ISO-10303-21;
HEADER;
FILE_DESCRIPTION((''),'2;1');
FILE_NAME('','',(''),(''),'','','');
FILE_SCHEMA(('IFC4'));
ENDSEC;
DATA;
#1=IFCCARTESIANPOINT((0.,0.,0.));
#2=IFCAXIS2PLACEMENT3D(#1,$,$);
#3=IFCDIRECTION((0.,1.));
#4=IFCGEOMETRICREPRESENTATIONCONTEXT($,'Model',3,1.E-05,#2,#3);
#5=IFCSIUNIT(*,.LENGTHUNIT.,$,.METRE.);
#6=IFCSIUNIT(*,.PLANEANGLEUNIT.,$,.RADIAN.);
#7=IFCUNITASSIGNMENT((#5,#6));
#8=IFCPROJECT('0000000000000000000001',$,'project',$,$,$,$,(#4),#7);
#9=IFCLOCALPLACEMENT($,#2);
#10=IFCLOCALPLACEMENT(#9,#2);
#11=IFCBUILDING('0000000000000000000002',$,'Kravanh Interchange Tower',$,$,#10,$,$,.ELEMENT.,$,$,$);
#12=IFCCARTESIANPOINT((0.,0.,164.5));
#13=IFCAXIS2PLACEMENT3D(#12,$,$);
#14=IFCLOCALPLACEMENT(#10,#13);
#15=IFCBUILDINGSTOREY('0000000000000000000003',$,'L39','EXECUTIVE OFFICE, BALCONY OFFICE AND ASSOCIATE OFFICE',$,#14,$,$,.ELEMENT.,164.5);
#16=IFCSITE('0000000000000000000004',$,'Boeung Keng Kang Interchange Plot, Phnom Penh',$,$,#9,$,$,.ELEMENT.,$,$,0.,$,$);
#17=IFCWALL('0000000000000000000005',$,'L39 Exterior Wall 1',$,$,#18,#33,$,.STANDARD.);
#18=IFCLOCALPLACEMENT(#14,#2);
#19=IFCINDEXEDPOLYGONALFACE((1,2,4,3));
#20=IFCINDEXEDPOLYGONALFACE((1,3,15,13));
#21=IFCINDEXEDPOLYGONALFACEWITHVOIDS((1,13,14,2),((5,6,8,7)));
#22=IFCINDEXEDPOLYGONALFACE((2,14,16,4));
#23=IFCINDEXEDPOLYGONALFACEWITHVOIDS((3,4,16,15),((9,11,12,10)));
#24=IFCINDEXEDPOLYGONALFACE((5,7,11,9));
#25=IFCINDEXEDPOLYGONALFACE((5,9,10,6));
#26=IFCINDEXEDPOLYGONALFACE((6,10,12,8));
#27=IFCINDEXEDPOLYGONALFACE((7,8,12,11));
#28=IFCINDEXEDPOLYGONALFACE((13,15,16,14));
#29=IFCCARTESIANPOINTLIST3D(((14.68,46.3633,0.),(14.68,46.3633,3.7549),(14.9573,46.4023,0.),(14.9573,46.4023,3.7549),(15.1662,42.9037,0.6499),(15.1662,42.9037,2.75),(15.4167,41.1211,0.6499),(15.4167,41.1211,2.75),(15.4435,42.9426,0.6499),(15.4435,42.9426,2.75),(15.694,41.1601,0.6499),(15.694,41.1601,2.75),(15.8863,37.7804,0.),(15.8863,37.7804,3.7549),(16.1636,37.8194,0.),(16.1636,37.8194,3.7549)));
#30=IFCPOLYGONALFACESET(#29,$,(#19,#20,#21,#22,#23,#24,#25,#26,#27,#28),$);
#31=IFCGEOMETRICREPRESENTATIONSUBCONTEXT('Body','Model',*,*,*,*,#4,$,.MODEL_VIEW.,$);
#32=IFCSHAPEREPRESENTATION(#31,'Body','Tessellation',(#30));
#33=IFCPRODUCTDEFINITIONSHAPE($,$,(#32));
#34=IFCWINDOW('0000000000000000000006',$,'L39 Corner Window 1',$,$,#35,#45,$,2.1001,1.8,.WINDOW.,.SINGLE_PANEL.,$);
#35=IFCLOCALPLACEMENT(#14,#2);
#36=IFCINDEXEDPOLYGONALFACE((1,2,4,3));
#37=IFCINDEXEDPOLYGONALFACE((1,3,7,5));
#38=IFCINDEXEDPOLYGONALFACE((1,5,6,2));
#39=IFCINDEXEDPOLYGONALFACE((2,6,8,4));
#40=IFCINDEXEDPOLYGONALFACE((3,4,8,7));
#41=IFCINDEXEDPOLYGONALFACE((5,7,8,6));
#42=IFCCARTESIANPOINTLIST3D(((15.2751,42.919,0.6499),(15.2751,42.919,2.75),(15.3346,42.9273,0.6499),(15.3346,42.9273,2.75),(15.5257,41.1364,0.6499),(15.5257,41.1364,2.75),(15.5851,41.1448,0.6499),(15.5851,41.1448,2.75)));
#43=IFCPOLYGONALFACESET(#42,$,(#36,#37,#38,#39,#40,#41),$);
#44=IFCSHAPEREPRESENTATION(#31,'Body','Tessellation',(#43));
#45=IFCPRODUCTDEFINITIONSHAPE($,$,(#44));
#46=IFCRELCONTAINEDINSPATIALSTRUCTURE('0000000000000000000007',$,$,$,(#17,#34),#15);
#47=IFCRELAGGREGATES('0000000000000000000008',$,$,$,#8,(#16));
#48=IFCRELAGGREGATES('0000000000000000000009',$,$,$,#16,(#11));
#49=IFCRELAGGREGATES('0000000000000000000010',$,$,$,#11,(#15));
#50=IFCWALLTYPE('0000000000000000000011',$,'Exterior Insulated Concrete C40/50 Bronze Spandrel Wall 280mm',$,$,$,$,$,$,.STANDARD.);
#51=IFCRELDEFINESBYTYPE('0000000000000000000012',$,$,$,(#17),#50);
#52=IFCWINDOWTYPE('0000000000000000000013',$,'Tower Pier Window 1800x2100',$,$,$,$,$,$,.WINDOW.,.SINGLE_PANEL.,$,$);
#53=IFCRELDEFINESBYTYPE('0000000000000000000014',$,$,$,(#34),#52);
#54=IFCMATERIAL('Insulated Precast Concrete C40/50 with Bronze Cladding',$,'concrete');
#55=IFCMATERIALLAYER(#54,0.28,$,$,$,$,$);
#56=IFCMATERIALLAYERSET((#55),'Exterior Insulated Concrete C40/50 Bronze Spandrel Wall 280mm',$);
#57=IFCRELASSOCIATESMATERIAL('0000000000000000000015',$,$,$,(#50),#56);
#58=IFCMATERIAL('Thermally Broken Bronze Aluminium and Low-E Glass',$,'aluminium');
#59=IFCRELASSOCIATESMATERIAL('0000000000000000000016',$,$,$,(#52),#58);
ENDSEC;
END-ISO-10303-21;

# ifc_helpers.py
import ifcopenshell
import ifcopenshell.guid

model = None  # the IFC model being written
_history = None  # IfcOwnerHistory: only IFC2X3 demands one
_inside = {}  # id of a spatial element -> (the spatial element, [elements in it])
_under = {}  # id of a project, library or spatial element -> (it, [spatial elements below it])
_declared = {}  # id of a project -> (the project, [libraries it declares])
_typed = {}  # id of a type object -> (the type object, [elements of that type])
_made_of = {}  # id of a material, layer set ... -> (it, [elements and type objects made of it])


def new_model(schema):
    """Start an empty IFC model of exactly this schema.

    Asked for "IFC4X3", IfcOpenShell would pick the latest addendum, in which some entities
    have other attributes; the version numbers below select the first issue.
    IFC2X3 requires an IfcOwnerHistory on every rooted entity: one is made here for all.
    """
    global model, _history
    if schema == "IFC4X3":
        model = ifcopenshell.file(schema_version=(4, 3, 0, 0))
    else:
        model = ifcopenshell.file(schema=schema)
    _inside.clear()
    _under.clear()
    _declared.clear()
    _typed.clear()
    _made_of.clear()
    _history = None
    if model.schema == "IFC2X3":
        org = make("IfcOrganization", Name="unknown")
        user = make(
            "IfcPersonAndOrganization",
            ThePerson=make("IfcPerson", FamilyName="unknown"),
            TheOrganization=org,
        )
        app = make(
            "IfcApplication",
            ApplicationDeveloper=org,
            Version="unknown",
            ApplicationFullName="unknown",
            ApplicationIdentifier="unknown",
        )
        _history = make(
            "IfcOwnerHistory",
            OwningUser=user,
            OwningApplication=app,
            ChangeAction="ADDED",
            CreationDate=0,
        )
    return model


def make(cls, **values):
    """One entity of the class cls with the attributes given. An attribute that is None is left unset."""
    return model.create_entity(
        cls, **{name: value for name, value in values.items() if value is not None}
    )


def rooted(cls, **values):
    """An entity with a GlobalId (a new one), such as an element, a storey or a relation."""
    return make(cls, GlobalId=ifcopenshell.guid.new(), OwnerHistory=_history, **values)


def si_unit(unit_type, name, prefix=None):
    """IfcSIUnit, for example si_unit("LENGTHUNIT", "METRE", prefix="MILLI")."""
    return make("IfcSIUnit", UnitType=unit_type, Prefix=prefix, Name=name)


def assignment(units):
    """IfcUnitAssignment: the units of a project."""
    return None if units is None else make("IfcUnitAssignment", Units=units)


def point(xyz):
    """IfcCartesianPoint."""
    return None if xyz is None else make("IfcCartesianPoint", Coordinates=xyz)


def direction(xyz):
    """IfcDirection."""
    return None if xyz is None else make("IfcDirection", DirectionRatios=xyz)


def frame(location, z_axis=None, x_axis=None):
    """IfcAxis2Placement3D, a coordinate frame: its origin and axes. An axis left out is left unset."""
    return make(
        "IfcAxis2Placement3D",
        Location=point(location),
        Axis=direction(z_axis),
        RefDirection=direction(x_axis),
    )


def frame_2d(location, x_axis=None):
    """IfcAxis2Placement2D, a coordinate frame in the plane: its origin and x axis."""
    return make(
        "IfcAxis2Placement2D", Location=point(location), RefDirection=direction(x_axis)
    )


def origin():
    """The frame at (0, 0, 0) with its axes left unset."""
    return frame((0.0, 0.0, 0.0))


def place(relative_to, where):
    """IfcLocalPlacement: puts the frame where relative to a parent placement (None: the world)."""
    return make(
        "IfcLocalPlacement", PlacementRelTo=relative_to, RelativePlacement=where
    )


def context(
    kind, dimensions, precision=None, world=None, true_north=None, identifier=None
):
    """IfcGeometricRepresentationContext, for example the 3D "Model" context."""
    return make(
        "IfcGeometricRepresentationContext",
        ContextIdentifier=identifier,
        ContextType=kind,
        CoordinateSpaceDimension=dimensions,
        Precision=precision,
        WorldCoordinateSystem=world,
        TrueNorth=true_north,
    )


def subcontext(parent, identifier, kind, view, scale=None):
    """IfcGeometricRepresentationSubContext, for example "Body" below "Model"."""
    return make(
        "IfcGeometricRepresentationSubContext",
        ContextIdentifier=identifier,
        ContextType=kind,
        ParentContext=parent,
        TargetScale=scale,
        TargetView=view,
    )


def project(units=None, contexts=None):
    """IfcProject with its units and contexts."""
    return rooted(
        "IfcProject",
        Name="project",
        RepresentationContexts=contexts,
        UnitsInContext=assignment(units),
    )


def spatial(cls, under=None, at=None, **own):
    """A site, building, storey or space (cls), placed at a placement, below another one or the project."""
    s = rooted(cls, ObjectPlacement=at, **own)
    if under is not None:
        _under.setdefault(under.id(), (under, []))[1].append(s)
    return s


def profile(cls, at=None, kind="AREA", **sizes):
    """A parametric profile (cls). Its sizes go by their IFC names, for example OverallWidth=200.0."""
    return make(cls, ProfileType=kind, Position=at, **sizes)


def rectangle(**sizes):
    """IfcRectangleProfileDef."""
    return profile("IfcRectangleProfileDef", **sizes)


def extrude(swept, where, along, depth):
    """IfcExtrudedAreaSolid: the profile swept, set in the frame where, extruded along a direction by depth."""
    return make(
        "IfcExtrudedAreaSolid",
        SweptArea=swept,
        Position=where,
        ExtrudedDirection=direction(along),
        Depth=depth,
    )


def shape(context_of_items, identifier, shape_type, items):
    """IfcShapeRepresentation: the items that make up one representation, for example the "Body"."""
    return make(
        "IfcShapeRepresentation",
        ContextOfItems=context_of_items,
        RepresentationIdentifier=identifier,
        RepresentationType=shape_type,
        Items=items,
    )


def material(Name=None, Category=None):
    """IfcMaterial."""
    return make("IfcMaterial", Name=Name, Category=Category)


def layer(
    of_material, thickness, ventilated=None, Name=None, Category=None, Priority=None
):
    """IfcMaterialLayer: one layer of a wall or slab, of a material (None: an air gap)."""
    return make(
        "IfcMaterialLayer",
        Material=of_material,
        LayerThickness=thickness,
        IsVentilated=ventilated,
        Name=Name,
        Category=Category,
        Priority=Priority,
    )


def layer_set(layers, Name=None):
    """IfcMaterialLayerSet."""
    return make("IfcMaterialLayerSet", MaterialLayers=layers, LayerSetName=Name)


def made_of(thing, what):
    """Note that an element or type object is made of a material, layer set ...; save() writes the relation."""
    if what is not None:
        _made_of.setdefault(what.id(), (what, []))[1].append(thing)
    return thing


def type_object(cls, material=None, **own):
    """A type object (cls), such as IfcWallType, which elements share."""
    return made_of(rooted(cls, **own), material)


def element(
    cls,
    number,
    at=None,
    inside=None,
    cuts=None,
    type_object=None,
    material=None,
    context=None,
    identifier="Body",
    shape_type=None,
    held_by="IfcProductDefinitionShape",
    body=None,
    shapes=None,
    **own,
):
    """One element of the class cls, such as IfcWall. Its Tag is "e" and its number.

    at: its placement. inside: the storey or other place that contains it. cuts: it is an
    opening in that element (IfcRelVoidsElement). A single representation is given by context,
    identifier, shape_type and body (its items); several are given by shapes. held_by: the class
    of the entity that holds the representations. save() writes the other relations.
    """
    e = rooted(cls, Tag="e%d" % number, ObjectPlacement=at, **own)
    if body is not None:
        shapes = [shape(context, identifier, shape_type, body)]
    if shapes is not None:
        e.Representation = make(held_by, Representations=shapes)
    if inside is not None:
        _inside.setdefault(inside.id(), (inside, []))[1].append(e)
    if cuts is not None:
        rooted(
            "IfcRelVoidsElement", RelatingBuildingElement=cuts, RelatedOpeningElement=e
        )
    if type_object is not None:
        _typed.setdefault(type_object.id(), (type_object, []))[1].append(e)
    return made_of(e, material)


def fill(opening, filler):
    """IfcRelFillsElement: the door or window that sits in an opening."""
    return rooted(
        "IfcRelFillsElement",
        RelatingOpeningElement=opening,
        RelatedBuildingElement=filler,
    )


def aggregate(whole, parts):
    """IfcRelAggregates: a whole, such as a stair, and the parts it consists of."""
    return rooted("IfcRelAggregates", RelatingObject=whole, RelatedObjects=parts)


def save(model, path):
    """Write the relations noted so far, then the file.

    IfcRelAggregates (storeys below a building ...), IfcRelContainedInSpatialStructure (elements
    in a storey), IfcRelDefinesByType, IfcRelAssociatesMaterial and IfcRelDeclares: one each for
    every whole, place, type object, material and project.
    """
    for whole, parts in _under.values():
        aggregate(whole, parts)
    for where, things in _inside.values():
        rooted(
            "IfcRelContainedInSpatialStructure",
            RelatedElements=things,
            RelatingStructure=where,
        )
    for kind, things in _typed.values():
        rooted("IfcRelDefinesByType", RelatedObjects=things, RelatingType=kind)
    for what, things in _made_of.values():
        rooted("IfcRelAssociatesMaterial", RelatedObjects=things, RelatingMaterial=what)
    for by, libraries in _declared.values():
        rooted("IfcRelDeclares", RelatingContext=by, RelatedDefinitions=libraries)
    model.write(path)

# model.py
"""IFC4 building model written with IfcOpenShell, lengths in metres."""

from ifc_helpers import new_model, si_unit, direction, frame, frame_2d, origin, place, context, subcontext, project, spatial, rectangle, extrude, material, layer, layer_set, type_object, element, fill, save


model = new_model("IFC4")

# Units and contexts
model_context = context("Model", 3, precision=1e-05, world=origin(), true_north=direction((0.0, 1.0)))
body_context = subcontext(model_context, "Body", "Model", "MODEL_VIEW")
ifc_project = project(units=[si_unit("LENGTHUNIT", "METRE"), si_unit("PLANEANGLEUNIT", "RADIAN")], contexts=[model_context])

# Site, building, storey
site_placement = place(None, origin())
site = spatial("IfcSite", under=ifc_project, at=site_placement, Name="Boeung Keng Kang Interchange Plot, Phnom Penh", CompositionType="ELEMENT", RefElevation=0.0)
building_placement = place(site_placement, origin())
building = spatial("IfcBuilding", under=site, at=building_placement, Name="Kravanh Interchange Tower", CompositionType="ELEMENT")
storey_placement = place(building_placement, frame((0.0, 0.0, 164.5)))
storey = spatial("IfcBuildingStorey", under=building, at=storey_placement, Name="L39", Description="EXECUTIVE OFFICE, BALCONY OFFICE AND ASSOCIATE OFFICE", CompositionType="ELEMENT", Elevation=164.5)

# Wall, opening, window
ifc_material_1 = material(Name="Insulated Precast Concrete C40/50 with Bronze Cladding", Category="concrete")
ifc_layer_1 = layer(ifc_material_1, 0.28)
ifc_layer_set_1 = layer_set([ifc_layer_1], Name="Exterior Insulated Concrete C40/50 Bronze Spandrel Wall 280mm")
wall_type_1 = type_object("IfcWallType", Name="Exterior Insulated Concrete C40/50 Bronze Spandrel Wall 280mm", PredefinedType="STANDARD", material=ifc_layer_set_1)
wall_1_placement = place(storey_placement, frame((16.0249, 37.8, 0.0), z_axis=(0.0, 0.0, 1.0), x_axis=(-0.139181, 0.990267, 0.0)))
wall_1 = element("IfcWall", 1, at=wall_1_placement, inside=storey, type_object=wall_type_1, Name="L39 Exterior Wall 1", PredefinedType="STANDARD", context=body_context, shape_type="SweptSolid", body=[
    extrude(rectangle(XDim=8.6672, YDim=0.28, at=frame_2d((4.3335, 0.0))), origin(), (0.0, 0.0, 1.0), 3.7549),
])
opening_1_placement = place(wall_1_placement, frame((3.3735, 0.0, 0.6499)))
opening_1 = element("IfcOpeningElement", 2, at=opening_1_placement, cuts=wall_1, PredefinedType="OPENING", context=body_context, shape_type="SweptSolid", body=[
    extrude(rectangle(XDim=1.8, YDim=2.1001, at=frame_2d((0.8999, 1.05))), frame((0.0, 0.1499, 0.0), z_axis=(0.0, -1.0, 0.0), x_axis=(1.0, 0.0, 0.0)), (0.0, 0.0, 1.0), 0.3),
])
ifc_material_2 = material(Name="Thermally Broken Bronze Aluminium and Low-E Glass", Category="aluminium")
window_type = type_object("IfcWindowType", Name="Tower Pier Window 1800x2100", PartitioningType="SINGLE_PANEL", PredefinedType="WINDOW", material=ifc_material_2)
window_placement = place(opening_1_placement, origin())
window = element("IfcWindow", 3, at=window_placement, inside=storey, type_object=window_type, Name="L39 Corner Window 1", OverallHeight=2.1001, OverallWidth=1.8, PartitioningType="SINGLE_PANEL", PredefinedType="WINDOW", context=body_context, shape_type="SweptSolid", body=[
    extrude(rectangle(XDim=1.8, YDim=2.1001, at=frame_2d((0.8999, 1.05))), frame((0.0, 0.03, 0.0), z_axis=(0.0, -1.0, 0.0), x_axis=(1.0, 0.0, 0.0)), (0.0, 0.0, 1.0), 0.0601),
])
fill(opening_1, window)

save(model, "model.ifc")
